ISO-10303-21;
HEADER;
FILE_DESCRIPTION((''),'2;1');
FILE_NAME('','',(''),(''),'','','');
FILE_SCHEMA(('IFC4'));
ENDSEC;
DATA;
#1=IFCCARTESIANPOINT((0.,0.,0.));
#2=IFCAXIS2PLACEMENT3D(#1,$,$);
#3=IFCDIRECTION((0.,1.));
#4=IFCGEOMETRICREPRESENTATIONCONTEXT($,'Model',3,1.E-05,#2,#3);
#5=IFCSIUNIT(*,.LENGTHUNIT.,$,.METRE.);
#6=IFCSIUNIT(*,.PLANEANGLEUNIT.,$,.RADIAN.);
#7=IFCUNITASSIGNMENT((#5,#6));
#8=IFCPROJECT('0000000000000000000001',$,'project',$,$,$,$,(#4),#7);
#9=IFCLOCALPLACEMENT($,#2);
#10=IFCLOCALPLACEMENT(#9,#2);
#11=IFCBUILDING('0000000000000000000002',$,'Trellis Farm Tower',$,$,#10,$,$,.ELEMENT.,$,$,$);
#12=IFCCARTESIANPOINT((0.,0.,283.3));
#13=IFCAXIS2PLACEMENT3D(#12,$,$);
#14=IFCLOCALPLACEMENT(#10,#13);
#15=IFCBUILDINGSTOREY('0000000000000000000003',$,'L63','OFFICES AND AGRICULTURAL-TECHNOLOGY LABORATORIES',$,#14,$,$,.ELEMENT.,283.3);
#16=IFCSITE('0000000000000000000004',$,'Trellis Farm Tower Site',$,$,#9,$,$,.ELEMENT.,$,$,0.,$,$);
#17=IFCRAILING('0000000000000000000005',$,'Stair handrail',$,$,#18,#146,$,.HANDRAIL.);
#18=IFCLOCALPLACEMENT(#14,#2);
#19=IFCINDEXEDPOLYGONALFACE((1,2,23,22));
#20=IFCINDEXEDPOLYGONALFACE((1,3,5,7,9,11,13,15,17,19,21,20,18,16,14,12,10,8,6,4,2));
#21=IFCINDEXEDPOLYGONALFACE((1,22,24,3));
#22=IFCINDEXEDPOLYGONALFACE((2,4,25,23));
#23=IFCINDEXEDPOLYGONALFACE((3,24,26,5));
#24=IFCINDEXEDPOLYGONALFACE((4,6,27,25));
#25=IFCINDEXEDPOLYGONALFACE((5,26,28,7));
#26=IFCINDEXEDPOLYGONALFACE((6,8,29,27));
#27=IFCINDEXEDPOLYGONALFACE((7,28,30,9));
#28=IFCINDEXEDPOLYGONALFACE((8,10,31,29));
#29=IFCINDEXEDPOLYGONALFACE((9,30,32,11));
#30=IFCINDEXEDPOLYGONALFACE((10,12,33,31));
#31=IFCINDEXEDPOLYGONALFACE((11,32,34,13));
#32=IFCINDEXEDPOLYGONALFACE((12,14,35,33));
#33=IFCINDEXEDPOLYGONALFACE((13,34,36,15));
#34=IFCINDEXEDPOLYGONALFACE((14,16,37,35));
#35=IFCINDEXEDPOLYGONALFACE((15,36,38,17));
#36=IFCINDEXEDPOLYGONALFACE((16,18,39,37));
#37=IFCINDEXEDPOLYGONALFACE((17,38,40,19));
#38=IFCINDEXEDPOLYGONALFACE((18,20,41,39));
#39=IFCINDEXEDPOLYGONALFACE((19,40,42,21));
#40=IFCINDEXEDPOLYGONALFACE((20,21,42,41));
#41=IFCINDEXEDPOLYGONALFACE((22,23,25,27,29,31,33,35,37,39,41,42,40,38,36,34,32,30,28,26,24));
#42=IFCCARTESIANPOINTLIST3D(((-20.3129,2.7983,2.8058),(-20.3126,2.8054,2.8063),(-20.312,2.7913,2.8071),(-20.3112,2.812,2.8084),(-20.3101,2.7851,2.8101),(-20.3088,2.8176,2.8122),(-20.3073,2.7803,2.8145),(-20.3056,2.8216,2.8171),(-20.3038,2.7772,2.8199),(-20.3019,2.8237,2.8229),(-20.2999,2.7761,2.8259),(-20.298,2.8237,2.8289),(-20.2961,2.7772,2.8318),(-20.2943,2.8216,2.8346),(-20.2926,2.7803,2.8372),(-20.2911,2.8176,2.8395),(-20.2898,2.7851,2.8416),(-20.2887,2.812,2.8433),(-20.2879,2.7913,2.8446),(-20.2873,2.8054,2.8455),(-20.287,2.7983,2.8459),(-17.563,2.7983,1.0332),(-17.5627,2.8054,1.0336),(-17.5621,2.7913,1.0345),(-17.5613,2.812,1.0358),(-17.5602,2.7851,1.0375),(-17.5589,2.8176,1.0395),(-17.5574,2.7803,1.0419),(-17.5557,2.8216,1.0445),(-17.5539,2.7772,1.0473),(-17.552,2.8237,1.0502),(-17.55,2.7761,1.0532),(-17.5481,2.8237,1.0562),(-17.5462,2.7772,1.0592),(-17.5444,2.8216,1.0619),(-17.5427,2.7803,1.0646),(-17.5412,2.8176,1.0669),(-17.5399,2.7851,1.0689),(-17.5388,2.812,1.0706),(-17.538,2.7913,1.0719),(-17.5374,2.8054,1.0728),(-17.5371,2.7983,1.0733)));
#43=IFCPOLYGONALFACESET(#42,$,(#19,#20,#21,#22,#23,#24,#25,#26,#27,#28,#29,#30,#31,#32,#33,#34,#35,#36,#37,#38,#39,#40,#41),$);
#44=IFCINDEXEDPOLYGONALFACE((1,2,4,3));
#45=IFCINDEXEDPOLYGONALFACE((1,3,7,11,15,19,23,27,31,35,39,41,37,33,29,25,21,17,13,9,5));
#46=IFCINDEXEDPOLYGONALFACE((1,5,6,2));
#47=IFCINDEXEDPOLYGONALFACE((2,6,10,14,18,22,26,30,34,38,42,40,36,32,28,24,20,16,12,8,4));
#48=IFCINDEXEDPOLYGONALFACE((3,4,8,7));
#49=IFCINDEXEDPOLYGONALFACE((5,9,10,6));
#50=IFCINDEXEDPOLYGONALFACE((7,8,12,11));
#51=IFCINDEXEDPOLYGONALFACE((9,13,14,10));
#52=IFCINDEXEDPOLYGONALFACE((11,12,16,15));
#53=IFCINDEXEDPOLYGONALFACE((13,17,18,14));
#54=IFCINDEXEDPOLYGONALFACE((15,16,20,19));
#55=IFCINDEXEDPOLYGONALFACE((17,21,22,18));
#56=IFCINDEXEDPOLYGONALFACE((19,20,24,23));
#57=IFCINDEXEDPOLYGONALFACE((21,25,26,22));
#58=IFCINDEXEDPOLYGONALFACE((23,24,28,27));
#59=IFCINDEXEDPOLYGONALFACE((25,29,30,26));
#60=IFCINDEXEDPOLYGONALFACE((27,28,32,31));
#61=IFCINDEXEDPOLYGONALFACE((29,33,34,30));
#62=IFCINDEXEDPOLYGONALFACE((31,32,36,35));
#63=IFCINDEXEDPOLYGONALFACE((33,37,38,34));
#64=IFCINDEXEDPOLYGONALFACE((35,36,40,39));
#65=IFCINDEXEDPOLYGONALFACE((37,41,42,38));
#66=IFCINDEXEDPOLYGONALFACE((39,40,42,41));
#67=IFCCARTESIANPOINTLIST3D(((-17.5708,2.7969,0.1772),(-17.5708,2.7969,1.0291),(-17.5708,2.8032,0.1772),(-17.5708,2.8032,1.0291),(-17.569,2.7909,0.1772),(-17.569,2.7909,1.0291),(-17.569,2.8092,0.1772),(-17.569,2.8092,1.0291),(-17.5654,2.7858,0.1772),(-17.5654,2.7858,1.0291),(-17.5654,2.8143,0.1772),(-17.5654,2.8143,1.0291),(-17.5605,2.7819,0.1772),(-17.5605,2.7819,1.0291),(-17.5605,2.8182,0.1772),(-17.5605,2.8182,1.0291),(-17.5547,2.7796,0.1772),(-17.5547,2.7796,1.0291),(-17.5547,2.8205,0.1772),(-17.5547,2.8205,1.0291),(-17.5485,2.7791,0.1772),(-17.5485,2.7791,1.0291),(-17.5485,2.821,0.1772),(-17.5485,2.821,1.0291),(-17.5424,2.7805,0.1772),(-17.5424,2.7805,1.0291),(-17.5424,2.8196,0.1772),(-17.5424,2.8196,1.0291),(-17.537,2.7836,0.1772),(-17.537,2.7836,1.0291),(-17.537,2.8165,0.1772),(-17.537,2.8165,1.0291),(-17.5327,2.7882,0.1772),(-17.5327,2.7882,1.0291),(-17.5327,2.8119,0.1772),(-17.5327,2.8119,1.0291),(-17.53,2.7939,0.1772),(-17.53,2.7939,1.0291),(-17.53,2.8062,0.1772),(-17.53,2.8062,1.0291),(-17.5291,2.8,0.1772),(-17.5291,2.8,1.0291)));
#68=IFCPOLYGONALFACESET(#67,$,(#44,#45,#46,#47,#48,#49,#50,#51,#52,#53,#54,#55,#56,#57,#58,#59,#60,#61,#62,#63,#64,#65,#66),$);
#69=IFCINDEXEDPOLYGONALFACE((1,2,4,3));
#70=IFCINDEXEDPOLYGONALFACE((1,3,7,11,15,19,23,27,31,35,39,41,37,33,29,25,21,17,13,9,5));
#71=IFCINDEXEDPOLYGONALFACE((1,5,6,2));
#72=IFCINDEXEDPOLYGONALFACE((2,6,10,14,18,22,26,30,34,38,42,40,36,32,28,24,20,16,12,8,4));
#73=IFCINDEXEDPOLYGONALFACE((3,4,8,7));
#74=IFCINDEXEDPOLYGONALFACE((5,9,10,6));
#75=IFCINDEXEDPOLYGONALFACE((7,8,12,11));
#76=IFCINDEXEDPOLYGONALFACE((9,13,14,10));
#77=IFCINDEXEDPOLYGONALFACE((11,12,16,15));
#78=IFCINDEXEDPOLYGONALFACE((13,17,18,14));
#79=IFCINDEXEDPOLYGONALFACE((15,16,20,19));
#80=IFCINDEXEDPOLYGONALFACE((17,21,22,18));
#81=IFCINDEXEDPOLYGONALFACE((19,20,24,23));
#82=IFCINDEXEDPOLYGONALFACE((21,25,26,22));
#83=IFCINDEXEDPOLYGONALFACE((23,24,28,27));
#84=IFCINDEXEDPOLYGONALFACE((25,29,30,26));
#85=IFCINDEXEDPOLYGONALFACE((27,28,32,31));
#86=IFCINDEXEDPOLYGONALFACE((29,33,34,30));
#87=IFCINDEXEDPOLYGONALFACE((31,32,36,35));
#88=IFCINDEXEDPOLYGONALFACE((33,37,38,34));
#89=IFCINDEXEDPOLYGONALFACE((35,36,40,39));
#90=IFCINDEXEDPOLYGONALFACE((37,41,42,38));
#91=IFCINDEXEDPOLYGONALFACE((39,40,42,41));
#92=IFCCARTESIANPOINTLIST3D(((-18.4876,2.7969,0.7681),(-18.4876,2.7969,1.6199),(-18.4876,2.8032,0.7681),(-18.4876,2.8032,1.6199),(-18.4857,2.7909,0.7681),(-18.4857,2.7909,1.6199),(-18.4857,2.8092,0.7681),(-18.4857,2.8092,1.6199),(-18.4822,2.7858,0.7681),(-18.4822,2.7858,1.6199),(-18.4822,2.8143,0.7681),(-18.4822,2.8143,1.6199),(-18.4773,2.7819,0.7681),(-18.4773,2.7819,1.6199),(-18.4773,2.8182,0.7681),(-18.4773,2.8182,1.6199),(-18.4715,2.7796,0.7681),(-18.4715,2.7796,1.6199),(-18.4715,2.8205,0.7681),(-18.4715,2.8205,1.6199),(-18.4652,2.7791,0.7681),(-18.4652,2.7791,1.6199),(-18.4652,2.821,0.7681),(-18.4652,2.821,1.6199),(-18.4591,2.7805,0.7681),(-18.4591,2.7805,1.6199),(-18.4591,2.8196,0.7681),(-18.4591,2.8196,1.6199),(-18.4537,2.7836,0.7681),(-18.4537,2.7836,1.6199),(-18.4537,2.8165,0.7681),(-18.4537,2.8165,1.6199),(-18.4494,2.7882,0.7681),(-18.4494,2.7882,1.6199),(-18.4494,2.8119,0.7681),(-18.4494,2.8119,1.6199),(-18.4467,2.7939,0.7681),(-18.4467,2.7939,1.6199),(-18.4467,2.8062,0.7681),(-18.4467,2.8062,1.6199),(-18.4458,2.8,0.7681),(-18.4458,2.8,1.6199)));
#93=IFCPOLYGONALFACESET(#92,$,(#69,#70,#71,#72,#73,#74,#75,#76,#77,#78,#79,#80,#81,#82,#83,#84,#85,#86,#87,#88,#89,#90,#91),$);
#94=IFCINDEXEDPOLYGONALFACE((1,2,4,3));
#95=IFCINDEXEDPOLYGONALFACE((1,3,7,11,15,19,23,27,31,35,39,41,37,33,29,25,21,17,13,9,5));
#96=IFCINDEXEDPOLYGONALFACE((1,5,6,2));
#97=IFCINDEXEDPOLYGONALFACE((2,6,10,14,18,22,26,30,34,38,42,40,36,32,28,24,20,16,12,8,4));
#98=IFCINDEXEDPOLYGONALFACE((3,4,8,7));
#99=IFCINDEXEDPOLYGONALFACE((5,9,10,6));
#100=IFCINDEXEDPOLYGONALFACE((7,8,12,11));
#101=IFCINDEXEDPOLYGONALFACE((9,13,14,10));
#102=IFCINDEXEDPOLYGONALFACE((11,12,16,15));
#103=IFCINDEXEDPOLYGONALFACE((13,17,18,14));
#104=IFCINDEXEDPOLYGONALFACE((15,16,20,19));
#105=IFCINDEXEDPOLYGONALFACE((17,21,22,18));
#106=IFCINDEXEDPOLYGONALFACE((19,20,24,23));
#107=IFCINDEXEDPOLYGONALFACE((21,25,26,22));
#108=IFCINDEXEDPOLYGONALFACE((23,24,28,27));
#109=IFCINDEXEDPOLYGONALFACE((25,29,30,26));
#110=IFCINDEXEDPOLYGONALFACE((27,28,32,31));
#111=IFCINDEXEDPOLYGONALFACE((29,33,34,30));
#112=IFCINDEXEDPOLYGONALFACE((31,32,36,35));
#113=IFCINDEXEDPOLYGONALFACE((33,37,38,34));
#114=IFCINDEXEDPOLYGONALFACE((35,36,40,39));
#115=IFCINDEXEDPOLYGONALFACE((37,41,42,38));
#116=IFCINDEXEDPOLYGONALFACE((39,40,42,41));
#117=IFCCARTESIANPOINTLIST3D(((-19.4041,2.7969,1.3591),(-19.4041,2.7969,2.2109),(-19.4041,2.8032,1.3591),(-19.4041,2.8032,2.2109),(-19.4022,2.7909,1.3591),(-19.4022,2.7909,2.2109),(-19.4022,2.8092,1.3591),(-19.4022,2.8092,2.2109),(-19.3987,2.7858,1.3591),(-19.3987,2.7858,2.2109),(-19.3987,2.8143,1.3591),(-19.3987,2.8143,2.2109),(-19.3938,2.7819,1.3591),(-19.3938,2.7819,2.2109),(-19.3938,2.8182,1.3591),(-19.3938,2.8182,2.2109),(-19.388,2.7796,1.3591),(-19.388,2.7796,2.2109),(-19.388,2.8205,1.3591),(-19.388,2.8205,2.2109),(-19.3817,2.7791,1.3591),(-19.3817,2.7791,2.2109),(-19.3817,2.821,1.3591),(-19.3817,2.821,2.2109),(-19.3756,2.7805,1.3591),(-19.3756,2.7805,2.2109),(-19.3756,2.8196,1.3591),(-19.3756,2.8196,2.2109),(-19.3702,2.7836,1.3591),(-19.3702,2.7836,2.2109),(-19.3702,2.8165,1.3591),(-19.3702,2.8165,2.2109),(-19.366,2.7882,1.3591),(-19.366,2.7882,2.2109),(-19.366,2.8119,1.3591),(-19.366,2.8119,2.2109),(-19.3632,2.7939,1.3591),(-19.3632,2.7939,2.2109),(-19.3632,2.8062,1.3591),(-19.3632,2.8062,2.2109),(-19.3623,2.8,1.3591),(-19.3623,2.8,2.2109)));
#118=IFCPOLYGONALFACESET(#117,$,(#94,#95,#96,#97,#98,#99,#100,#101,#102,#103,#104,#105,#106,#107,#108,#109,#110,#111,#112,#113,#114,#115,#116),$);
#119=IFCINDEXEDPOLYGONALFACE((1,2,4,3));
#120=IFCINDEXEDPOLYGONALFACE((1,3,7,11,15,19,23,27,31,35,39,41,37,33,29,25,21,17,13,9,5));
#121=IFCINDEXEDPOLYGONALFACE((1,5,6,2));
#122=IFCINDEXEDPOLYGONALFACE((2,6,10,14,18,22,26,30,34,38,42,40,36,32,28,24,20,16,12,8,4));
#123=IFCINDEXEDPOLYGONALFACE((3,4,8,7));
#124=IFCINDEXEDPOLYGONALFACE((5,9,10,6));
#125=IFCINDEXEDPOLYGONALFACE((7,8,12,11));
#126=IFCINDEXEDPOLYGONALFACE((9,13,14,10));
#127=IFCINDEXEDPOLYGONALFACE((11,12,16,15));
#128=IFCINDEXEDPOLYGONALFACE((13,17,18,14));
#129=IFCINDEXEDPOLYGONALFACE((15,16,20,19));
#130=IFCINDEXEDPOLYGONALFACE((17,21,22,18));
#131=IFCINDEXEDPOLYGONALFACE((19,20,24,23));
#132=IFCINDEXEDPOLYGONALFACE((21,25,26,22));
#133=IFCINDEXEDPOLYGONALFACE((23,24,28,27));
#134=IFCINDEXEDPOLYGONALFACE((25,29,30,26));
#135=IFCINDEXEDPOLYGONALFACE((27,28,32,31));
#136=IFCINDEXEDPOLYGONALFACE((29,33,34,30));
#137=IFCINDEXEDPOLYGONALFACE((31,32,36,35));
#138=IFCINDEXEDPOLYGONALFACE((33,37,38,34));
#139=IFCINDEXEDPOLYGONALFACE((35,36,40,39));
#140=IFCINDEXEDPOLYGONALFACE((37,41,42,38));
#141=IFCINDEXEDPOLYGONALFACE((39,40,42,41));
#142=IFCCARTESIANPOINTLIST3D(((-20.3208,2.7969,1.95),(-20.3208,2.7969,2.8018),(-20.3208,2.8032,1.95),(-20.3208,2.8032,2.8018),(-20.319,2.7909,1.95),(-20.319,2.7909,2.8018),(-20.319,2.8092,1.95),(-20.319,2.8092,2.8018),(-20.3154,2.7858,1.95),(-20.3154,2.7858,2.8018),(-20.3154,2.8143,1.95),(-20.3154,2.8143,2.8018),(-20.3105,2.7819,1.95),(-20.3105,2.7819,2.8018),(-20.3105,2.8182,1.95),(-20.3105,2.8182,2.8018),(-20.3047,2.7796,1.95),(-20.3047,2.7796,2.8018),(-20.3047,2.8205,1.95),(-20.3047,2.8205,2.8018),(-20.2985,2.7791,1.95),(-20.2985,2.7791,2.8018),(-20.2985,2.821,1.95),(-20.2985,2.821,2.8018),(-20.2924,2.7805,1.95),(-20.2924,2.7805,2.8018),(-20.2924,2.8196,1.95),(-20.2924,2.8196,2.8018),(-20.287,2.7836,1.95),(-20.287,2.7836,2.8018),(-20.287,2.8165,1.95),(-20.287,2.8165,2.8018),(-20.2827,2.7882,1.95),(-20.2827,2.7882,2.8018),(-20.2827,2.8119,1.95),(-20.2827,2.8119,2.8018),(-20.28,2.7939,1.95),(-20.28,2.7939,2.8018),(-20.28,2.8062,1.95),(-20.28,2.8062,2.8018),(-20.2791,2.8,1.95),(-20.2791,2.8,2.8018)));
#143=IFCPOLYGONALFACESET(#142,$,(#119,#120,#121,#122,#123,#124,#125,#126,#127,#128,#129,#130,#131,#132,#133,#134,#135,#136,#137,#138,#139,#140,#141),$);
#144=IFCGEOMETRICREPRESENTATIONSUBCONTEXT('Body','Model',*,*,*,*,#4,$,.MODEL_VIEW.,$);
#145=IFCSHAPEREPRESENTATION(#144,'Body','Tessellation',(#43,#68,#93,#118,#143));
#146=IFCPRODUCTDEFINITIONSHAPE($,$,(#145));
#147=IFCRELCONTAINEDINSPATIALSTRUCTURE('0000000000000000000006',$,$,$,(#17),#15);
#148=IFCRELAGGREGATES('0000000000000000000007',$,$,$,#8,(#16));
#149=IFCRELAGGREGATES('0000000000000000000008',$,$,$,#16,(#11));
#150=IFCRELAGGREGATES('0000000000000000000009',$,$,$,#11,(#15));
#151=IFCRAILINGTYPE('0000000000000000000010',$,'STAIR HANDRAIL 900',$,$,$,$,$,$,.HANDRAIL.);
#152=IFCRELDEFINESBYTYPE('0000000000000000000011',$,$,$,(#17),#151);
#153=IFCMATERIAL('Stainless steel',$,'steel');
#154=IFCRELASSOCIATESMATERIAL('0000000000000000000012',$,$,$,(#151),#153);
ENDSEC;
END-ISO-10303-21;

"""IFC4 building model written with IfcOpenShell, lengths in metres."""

from ifc_helpers import new_model, si_unit, direction, frame, origin, origin_2d, place, context, subcontext, project, spatial, circle, extrude, source, transform, mapped, material, type_object, element, save


model = new_model("IFC4")

# Units and contexts
model_context = context("Model", 3, precision=1e-05, world=origin(), true_north=direction((0.0, 1.0)))
body_context = subcontext(model_context, "Body", "Model", "MODEL_VIEW")
ifc_project = project(units=[si_unit("LENGTHUNIT", "METRE"), si_unit("PLANEANGLEUNIT", "RADIAN")], contexts=[model_context])

# Site, building, storey
site_placement = place(None, origin())
site = spatial("IfcSite", under=ifc_project, at=site_placement, Name="Trellis Farm Tower Site", CompositionType="ELEMENT", RefElevation=0.0)
building_placement = place(site_placement, origin())
building = spatial("IfcBuilding", under=site, at=building_placement, Name="Trellis Farm Tower", CompositionType="ELEMENT")
storey_placement = place(building_placement, frame((0.0, 0.0, 283.3)))
storey = spatial("IfcBuildingStorey", under=building, at=storey_placement, Name="L63", Description="OFFICES AND AGRICULTURAL-TECHNOLOGY LABORATORIES", CompositionType="ELEMENT", Elevation=283.3)

# Railing
ifc_material_1 = material(Name="Stainless steel", Category="steel")
railing_type = type_object("IfcRailingType", Name="STAIR HANDRAIL 900", PredefinedType="HANDRAIL", material=ifc_material_1)
shared_shape_1 = source(origin(), body_context, "Body", "SweptSolid", [
    extrude(circle(Radius=0.0239, at=origin_2d()), frame((0.0, 0.0, 0.876), z_axis=(-0.840504, 0.0, 0.541806), x_axis=(0.0, -1.0, 0.0)), (0.0, 0.0, 1.0), 3.2717),
    extrude(circle(Radius=0.021, at=origin_2d()), origin(), (0.0, 0.0, 1.0), 0.8518),
    extrude(circle(Radius=0.021, at=origin_2d()), frame((-0.9167, 0.0, 0.5908)), (0.0, 0.0, 1.0), 0.8518),
    extrude(circle(Radius=0.021, at=origin_2d()), frame((-1.8333, 0.0, 1.1819)), (0.0, 0.0, 1.0), 0.8518),
    extrude(circle(Radius=0.021, at=origin_2d()), frame((-2.75, 0.0, 1.7727)), (0.0, 0.0, 1.0), 0.8518),
])
railing_placement = place(storey_placement, frame((-17.55, 2.8, 0.1772)))
element("IfcRailing", 1, at=railing_placement, inside=storey, type_object=railing_type, Name="Stair handrail", PredefinedType="HANDRAIL", context=body_context, shape_type="MappedRepresentation", body=[
    mapped(shared_shape_1, transform((0.0, 0.0, 0.0))),
])

save(model, "model.ifc")
